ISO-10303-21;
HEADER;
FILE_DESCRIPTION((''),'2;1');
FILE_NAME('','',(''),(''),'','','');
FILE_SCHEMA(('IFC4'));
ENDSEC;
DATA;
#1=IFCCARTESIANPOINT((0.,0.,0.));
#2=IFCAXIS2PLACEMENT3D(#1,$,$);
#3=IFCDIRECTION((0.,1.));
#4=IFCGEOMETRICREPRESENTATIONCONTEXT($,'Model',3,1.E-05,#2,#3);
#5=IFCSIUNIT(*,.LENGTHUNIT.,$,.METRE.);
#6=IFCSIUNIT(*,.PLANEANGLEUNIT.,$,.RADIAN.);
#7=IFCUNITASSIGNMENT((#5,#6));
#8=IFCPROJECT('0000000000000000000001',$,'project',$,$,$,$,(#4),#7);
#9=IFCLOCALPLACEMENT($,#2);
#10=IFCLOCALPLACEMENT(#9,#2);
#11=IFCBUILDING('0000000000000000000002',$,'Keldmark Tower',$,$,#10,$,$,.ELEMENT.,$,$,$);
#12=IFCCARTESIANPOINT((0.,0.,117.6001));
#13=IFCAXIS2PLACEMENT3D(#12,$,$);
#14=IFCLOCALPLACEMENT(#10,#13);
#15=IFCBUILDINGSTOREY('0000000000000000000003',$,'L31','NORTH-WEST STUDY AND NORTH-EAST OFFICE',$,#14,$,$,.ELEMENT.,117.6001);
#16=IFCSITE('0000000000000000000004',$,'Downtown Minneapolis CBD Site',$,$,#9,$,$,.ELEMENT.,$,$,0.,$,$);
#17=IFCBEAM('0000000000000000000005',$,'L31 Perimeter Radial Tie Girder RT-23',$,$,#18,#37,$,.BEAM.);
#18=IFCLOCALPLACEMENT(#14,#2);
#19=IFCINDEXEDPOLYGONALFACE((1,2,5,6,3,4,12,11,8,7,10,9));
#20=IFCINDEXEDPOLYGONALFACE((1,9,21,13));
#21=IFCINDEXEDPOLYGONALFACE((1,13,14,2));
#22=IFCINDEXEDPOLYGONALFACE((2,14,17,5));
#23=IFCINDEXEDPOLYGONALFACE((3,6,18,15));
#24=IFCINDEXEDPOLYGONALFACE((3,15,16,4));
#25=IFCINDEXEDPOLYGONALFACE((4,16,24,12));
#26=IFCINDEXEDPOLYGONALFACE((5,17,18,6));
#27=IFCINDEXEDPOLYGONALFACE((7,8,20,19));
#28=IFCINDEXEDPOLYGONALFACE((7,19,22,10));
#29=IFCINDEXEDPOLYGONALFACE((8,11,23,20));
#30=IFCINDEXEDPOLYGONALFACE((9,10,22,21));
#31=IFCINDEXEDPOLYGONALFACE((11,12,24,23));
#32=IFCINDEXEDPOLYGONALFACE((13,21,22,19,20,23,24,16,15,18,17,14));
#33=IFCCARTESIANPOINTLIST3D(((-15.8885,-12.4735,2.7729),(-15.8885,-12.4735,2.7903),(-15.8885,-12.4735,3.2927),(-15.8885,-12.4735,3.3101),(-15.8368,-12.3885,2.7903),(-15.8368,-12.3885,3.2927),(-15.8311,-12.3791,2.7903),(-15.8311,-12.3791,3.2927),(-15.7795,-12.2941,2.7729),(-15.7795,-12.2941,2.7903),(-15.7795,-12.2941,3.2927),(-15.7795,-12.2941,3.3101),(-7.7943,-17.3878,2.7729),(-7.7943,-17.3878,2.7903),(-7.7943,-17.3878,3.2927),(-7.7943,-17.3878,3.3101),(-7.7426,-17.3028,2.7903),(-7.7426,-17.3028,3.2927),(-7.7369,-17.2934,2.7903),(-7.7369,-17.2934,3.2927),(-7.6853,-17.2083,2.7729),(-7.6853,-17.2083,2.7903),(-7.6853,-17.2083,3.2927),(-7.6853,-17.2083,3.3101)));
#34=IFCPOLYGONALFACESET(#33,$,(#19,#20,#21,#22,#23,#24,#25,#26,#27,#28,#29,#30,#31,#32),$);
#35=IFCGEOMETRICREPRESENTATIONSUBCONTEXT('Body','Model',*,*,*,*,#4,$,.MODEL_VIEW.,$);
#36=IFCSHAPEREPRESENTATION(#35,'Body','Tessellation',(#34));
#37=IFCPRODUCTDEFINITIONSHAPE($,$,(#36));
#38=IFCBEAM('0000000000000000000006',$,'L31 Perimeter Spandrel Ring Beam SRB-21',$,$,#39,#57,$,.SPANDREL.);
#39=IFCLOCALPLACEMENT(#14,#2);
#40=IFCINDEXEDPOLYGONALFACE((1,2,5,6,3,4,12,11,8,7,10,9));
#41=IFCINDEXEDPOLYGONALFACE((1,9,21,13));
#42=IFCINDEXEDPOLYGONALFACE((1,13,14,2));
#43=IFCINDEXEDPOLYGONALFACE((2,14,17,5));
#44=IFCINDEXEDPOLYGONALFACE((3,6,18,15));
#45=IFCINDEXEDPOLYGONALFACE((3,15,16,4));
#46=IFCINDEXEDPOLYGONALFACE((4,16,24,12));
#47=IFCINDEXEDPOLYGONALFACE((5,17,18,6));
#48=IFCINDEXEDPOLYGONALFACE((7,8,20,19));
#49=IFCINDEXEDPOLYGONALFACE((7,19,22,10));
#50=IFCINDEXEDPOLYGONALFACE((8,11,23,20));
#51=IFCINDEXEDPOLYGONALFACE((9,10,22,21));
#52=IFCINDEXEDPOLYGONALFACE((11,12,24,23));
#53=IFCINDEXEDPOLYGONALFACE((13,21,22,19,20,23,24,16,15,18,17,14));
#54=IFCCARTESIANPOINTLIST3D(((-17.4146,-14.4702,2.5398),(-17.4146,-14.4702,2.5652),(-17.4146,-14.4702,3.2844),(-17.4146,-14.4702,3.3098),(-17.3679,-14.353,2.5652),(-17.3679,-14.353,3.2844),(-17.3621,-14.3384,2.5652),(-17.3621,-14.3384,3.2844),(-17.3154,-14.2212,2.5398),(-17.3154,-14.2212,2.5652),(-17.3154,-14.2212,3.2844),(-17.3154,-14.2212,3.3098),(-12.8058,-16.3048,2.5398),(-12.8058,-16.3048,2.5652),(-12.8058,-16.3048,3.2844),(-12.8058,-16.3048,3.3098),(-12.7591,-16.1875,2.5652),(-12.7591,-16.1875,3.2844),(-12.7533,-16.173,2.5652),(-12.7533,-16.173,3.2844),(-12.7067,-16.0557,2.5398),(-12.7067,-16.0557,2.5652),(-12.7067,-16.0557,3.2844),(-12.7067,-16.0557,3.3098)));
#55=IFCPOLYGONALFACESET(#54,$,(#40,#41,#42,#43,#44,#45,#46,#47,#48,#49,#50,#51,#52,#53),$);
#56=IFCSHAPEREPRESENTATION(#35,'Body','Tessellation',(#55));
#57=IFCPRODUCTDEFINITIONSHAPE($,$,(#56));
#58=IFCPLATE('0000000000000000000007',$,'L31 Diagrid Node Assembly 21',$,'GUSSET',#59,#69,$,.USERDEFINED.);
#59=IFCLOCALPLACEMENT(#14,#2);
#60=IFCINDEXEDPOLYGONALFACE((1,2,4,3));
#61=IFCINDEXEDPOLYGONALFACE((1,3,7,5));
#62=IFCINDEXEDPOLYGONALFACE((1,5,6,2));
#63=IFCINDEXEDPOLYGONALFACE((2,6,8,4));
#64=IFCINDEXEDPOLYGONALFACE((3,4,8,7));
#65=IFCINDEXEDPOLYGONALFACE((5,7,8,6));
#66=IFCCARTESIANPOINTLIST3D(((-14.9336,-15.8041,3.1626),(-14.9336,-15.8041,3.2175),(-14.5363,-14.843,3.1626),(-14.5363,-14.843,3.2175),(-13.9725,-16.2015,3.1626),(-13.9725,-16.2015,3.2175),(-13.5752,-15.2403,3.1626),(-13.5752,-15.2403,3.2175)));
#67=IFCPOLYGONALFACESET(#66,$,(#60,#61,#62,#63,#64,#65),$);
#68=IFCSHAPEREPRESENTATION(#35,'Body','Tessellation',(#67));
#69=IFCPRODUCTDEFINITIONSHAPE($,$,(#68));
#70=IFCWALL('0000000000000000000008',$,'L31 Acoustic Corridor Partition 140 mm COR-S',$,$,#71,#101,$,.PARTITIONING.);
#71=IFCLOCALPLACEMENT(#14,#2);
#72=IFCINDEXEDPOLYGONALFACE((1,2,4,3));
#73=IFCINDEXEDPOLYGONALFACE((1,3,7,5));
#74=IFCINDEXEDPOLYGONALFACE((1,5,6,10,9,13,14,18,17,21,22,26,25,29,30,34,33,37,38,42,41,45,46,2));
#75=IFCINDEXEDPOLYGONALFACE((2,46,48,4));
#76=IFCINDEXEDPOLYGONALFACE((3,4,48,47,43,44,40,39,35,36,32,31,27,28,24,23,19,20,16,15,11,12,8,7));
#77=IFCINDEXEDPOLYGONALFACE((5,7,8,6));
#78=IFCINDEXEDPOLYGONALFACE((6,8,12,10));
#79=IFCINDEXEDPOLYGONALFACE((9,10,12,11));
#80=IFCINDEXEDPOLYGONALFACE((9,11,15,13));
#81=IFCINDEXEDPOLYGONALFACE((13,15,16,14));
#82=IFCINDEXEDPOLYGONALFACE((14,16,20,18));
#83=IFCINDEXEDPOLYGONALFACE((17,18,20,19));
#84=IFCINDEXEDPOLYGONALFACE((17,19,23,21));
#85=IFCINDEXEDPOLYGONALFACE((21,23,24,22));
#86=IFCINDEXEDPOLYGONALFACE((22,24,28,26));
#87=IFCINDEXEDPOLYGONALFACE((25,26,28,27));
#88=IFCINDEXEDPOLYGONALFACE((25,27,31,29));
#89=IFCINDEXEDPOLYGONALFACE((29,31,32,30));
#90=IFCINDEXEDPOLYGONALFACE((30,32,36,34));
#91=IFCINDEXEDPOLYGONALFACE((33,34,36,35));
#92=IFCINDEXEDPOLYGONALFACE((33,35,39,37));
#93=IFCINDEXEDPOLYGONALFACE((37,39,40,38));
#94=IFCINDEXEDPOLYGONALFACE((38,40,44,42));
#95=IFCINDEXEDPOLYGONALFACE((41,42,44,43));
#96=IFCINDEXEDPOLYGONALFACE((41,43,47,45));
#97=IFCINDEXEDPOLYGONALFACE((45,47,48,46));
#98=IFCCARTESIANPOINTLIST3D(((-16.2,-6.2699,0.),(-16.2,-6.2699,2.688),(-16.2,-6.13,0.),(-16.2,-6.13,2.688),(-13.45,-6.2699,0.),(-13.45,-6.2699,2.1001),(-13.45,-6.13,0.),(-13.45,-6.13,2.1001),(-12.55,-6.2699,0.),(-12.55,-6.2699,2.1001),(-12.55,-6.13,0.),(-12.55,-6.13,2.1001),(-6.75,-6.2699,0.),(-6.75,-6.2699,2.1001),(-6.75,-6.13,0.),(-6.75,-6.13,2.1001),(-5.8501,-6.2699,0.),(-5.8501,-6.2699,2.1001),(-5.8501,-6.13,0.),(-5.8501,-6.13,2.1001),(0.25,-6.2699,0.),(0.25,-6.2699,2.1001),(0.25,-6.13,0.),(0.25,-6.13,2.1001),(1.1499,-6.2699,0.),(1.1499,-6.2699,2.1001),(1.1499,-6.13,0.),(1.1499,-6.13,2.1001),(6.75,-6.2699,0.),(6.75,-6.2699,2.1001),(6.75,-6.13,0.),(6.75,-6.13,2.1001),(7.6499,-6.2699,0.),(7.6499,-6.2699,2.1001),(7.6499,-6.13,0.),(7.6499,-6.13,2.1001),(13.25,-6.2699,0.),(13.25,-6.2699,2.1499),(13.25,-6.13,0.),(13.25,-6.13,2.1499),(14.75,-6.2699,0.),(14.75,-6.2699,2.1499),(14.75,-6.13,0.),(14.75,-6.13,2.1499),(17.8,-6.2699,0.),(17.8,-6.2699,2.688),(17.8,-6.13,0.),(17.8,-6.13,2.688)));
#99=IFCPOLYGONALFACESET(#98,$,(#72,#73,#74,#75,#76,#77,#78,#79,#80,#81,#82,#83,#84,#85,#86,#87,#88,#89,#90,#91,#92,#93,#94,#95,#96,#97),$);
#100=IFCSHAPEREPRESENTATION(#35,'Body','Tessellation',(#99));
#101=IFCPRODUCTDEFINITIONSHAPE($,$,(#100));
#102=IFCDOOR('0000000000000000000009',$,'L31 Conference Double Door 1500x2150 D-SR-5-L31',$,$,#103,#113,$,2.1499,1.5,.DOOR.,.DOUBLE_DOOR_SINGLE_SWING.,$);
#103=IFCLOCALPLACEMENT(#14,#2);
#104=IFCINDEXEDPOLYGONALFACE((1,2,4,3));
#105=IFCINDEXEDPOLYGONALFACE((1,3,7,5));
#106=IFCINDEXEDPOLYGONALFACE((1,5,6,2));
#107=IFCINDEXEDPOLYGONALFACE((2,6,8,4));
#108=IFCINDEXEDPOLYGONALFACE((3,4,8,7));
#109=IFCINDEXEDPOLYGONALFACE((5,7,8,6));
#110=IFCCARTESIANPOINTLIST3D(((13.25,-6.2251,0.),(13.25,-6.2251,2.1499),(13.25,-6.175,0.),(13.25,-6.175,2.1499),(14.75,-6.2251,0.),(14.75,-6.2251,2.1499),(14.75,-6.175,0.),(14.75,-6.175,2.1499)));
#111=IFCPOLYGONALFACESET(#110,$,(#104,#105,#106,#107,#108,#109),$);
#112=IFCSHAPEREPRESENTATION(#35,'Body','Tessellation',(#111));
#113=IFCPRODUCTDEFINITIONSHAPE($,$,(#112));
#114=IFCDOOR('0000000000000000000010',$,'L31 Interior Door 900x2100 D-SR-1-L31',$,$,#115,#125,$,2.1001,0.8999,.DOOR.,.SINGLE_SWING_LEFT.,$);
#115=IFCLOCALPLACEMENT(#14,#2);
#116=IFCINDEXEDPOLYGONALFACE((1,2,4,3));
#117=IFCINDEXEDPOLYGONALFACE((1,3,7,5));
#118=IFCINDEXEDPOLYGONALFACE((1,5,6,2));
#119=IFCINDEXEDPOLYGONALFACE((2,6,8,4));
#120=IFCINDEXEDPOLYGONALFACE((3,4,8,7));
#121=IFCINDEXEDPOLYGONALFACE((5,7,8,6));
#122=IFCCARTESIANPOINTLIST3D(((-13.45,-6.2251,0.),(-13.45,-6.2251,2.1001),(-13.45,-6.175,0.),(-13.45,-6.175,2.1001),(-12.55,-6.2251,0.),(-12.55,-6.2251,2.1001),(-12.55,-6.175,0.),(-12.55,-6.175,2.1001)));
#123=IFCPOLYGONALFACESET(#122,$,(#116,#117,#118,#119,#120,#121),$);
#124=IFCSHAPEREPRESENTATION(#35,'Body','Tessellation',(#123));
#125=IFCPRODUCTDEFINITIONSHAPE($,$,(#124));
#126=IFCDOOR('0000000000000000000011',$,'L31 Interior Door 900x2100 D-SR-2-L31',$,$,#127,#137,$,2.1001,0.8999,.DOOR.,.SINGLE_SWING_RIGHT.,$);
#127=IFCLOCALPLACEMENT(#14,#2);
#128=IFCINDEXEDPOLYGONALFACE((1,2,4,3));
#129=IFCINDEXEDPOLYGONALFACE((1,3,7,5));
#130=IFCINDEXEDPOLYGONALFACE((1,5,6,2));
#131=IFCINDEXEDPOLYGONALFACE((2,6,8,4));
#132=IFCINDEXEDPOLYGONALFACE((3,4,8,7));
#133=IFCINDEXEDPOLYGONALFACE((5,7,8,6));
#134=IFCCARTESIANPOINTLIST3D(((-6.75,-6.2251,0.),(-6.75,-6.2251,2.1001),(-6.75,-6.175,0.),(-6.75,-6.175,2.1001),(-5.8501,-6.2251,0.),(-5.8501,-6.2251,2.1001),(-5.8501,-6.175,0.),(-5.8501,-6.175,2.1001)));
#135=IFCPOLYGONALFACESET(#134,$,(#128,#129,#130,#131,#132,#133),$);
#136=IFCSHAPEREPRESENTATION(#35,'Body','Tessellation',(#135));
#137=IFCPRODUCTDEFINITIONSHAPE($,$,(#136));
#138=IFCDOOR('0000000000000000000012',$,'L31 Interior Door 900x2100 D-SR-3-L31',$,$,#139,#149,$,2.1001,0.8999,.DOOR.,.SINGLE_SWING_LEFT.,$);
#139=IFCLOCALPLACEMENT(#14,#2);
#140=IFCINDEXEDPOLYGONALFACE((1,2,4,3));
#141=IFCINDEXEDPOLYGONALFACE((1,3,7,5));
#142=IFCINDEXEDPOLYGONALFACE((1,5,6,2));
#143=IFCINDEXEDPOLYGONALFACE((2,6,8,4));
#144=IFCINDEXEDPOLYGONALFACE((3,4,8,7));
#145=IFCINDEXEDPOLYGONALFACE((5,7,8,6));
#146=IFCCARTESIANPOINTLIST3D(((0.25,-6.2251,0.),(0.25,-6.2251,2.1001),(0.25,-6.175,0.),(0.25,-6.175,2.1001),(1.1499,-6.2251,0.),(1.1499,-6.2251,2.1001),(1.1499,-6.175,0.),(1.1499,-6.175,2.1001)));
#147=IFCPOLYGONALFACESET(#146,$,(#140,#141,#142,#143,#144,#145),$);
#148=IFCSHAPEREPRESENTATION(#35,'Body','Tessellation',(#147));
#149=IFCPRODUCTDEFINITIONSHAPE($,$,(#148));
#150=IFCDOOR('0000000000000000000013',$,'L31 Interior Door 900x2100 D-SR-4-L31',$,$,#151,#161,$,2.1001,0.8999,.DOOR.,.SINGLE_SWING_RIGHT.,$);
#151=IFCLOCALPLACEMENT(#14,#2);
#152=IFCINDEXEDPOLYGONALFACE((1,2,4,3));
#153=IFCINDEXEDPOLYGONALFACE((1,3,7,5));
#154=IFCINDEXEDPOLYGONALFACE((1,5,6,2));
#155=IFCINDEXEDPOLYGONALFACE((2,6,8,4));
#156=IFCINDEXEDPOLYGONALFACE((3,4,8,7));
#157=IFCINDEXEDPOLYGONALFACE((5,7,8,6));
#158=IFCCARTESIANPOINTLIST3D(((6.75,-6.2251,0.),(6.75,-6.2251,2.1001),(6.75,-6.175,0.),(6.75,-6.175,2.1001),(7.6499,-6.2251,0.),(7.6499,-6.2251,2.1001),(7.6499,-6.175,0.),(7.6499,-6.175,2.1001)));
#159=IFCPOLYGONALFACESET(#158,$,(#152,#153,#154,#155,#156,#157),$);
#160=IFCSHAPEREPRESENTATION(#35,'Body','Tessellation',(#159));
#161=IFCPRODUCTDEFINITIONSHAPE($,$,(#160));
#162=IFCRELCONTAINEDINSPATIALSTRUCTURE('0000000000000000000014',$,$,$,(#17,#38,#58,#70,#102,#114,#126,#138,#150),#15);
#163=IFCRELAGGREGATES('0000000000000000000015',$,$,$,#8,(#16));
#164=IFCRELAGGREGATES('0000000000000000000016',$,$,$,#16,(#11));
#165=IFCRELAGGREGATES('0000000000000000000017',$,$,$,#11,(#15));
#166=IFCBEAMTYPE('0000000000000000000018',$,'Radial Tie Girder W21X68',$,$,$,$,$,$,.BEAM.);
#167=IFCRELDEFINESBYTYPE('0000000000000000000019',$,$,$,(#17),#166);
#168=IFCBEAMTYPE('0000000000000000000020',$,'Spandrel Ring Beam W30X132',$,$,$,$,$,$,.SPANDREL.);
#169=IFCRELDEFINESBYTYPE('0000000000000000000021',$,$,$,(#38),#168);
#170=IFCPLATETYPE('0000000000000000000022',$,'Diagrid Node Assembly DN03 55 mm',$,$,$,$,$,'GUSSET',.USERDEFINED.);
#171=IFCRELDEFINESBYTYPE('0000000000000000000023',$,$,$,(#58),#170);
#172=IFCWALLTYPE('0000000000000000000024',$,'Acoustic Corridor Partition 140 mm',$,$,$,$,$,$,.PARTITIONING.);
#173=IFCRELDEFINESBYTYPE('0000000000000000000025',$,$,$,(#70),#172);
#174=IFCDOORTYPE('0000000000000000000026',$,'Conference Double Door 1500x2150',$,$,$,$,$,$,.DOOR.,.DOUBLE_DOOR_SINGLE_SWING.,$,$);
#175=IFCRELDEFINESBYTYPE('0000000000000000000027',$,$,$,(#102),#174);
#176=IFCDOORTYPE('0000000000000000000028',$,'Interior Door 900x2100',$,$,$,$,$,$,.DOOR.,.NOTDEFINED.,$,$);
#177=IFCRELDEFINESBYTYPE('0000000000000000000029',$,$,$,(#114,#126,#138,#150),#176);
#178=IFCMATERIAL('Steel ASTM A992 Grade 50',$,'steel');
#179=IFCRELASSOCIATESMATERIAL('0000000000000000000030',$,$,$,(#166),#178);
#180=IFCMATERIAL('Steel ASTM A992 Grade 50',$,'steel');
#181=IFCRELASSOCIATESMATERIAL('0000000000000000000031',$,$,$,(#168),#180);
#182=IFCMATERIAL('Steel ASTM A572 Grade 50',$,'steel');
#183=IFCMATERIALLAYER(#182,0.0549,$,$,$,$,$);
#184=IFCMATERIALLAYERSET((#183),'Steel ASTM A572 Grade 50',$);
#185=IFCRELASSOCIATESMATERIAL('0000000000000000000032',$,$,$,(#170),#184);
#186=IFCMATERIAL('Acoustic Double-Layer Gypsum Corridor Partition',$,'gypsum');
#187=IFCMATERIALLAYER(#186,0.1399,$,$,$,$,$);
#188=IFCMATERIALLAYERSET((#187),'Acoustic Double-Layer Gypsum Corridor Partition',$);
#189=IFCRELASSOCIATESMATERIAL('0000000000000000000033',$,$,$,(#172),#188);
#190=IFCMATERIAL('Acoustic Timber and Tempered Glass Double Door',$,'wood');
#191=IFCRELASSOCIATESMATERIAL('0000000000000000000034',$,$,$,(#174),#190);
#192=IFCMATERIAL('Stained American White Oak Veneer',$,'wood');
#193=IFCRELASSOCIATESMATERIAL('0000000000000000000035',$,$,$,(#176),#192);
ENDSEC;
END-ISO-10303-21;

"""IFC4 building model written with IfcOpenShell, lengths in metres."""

from ifc_helpers import new_model, si_unit, direction, frame, frame_2d, origin, origin_2d, place, context, subcontext, project, spatial, rectangle, i_section, extrude, material, layer, layer_set, material_profile, profile_set, type_object, element, fill, save


model = new_model("IFC4")

# Units and contexts
model_context = context("Model", 3, precision=1e-05, world=origin(), true_north=direction((0.0, 1.0)))
body_context = subcontext(model_context, "Body", "Model", "MODEL_VIEW")
ifc_project = project(units=[si_unit("LENGTHUNIT", "METRE"), si_unit("PLANEANGLEUNIT", "RADIAN")], contexts=[model_context])

# Site, building, storey
site_placement = place(None, origin())
site = spatial("IfcSite", under=ifc_project, at=site_placement, Name="Downtown Minneapolis CBD Site", CompositionType="ELEMENT", RefElevation=0.0)
building_placement = place(site_placement, origin())
building = spatial("IfcBuilding", under=site, at=building_placement, Name="Keldmark Tower", CompositionType="ELEMENT")
storey_placement = place(building_placement, frame((0.0, 0.0, 117.6001)))
storey = spatial("IfcBuildingStorey", under=building, at=storey_placement, Name="L31", Description="NORTH-WEST STUDY AND NORTH-EAST OFFICE", CompositionType="ELEMENT", Elevation=117.6001)

# Beams
ifc_material_1 = material(Name="Steel ASTM A992 Grade 50", Category="steel")
ifc_material_profile_1 = material_profile(ifc_material_1, i_section(OverallWidth=0.21, OverallDepth=0.5371, WebThickness=0.011, FlangeThickness=0.0173, at=origin_2d()), Name="W21X68")
ifc_profile_set_1 = profile_set([ifc_material_profile_1], Name="Steel ASTM A992 Grade 50")
beam_type_1 = type_object("IfcBeamType", Name="Radial Tie Girder W21X68", PredefinedType="BEAM", material=ifc_profile_set_1)
beam_1_placement = place(storey_placement, frame((-15.834, -12.3838, 3.0415), z_axis=(0.85479, -0.518974, 0.0), x_axis=(0.518974, 0.85479, 0.0)))
element("IfcBeam", 1, at=beam_1_placement, inside=storey, type_object=beam_type_1, Name="L31 Perimeter Radial Tie Girder RT-23", PredefinedType="BEAM", context=body_context, shape_type="SweptSolid", body=[
    extrude(i_section(OverallWidth=0.21, OverallDepth=0.5371, WebThickness=0.011, FlangeThickness=0.0173, at=origin_2d()), origin(), (0.0, 0.0, 1.0), 9.4692),
])
ifc_material_2 = material(Name="Steel ASTM A992 Grade 50", Category="steel")
ifc_material_profile_2 = material_profile(ifc_material_2, i_section(OverallWidth=0.2681, OverallDepth=0.77, WebThickness=0.0156, FlangeThickness=0.0254, at=origin_2d()), Name="W30X132")
ifc_profile_set_2 = profile_set([ifc_material_profile_2], Name="Steel ASTM A992 Grade 50")
beam_type_2 = type_object("IfcBeamType", Name="Spandrel Ring Beam W30X132", PredefinedType="SPANDREL", material=ifc_profile_set_2)
beam_2_placement = place(storey_placement, frame((-17.365, -14.3457, 2.9248), z_axis=(0.9291, -0.369829, 0.0), x_axis=(0.369829, 0.9291, 0.0)))
element("IfcBeam", 2, at=beam_2_placement, inside=storey, type_object=beam_type_2, Name="L31 Perimeter Spandrel Ring Beam SRB-21", PredefinedType="SPANDREL", context=body_context, shape_type="SweptSolid", body=[
    extrude(i_section(OverallWidth=0.2681, OverallDepth=0.77, WebThickness=0.0156, FlangeThickness=0.0254, at=origin_2d()), origin(), (0.0, 0.0, 1.0), 4.9604),
])

# Plate
ifc_material_3 = material(Name="Steel ASTM A572 Grade 50", Category="steel")
ifc_layer_1 = layer(ifc_material_3, 0.0549)
ifc_layer_set_1 = layer_set([ifc_layer_1], Name="Steel ASTM A572 Grade 50")
plate_type = type_object("IfcPlateType", Name="Diagrid Node Assembly DN03 55 mm", ElementType="GUSSET", PredefinedType="USERDEFINED", material=ifc_layer_set_1)
plate_placement = place(storey_placement, frame((-14.2544, -15.5222, 3.1626), z_axis=(0.0, 0.0, 1.0), x_axis=(0.924146, -0.382038, 0.0)))
element("IfcPlate", 3, at=plate_placement, inside=storey, type_object=plate_type, Name="L31 Diagrid Node Assembly 21", ObjectType="GUSSET", PredefinedType="USERDEFINED", context=body_context, shape_type="SweptSolid", body=[
    extrude(rectangle(XDim=1.04, YDim=1.04, at=origin_2d()), origin(), (0.0, 0.0, 1.0), 0.0549),
])

# Wall, openings, doors
ifc_material_4 = material(Name="Acoustic Double-Layer Gypsum Corridor Partition", Category="gypsum")
ifc_layer_2 = layer(ifc_material_4, 0.1399)
ifc_layer_set_2 = layer_set([ifc_layer_2], Name="Acoustic Double-Layer Gypsum Corridor Partition")
wall_type_1 = type_object("IfcWallType", Name="Acoustic Corridor Partition 140 mm", PredefinedType="PARTITIONING", material=ifc_layer_set_2)
wall_1_placement = place(storey_placement, frame((-16.2, -6.2, 0.0), z_axis=(0.0, 0.0, 1.0), x_axis=(1.0, 0.0, 0.0)))
wall_1 = element("IfcWall", 4, at=wall_1_placement, inside=storey, type_object=wall_type_1, Name="L31 Acoustic Corridor Partition 140 mm COR-S", PredefinedType="PARTITIONING", context=body_context, shape_type="SweptSolid", body=[
    extrude(rectangle(XDim=34.0, YDim=0.1399, at=frame_2d((17.0, 0.0))), origin(), (0.0, 0.0, 1.0), 2.688),
])
opening_1_placement = place(wall_1_placement, frame((2.75, 0.0, 0.0)))
opening_1 = element("IfcOpeningElement", 5, at=opening_1_placement, cuts=wall_1, PredefinedType="OPENING", context=body_context, shape_type="SweptSolid", body=[
    extrude(rectangle(XDim=0.8999, YDim=2.1001, at=frame_2d((0.45, 1.05))), frame((0.0, 0.0798, 0.0), z_axis=(0.0, -1.0, 0.0), x_axis=(1.0, 0.0, 0.0)), (0.0, 0.0, 1.0), 0.1599),
])
opening_2_placement = place(wall_1_placement, frame((9.45, 0.0, 0.0)))
opening_2 = element("IfcOpeningElement", 6, at=opening_2_placement, cuts=wall_1, PredefinedType="OPENING", context=body_context, shape_type="SweptSolid", body=[
    extrude(rectangle(XDim=0.8999, YDim=2.1001, at=frame_2d((0.45, 1.05))), frame((0.0, 0.0798, 0.0), z_axis=(0.0, -1.0, 0.0), x_axis=(1.0, 0.0, 0.0)), (0.0, 0.0, 1.0), 0.1599),
])
opening_3_placement = place(wall_1_placement, frame((16.45, 0.0, 0.0)))
opening_3 = element("IfcOpeningElement", 7, at=opening_3_placement, cuts=wall_1, PredefinedType="OPENING", context=body_context, shape_type="SweptSolid", body=[
    extrude(rectangle(XDim=0.8999, YDim=2.1001, at=frame_2d((0.45, 1.05))), frame((0.0, 0.0798, 0.0), z_axis=(0.0, -1.0, 0.0), x_axis=(1.0, 0.0, 0.0)), (0.0, 0.0, 1.0), 0.1599),
])
opening_4_placement = place(wall_1_placement, frame((22.95, 0.0, 0.0)))
opening_4 = element("IfcOpeningElement", 8, at=opening_4_placement, cuts=wall_1, PredefinedType="OPENING", context=body_context, shape_type="SweptSolid", body=[
    extrude(rectangle(XDim=0.8999, YDim=2.1001, at=frame_2d((0.45, 1.05))), frame((0.0, 0.0798, 0.0), z_axis=(0.0, -1.0, 0.0), x_axis=(1.0, 0.0, 0.0)), (0.0, 0.0, 1.0), 0.1599),
])
opening_5_placement = place(wall_1_placement, frame((29.45, 0.0, 0.0)))
opening_5 = element("IfcOpeningElement", 9, at=opening_5_placement, cuts=wall_1, PredefinedType="OPENING", context=body_context, shape_type="SweptSolid", body=[
    extrude(rectangle(XDim=1.5, YDim=2.1499, at=frame_2d((0.75, 1.075))), frame((0.0, 0.0798, 0.0), z_axis=(0.0, -1.0, 0.0), x_axis=(1.0, 0.0, 0.0)), (0.0, 0.0, 1.0), 0.1599),
])
ifc_material_5 = material(Name="Acoustic Timber and Tempered Glass Double Door", Category="wood")
door_type_1 = type_object("IfcDoorType", Name="Conference Double Door 1500x2150", OperationType="DOUBLE_DOOR_SINGLE_SWING", PredefinedType="DOOR", material=ifc_material_5)
door_1_placement = place(opening_5_placement, origin())
door_1 = element("IfcDoor", 10, at=door_1_placement, inside=storey, type_object=door_type_1, Name="L31 Conference Double Door 1500x2150 D-SR-5-L31", OperationType="DOUBLE_DOOR_SINGLE_SWING", OverallHeight=2.1499, OverallWidth=1.5, PredefinedType="DOOR", context=body_context, shape_type="SweptSolid", body=[
    extrude(rectangle(XDim=1.5, YDim=2.1499, at=frame_2d((0.75, 1.075))), frame((0.0, 0.0249, 0.0), z_axis=(0.0, -1.0, 0.0), x_axis=(1.0, 0.0, 0.0)), (0.0, 0.0, 1.0), 0.05),
])
fill(opening_5, door_1)
ifc_material_6 = material(Name="Stained American White Oak Veneer", Category="wood")
door_type_2 = type_object("IfcDoorType", Name="Interior Door 900x2100", OperationType="NOTDEFINED", PredefinedType="DOOR", material=ifc_material_6)
door_2_placement = place(opening_1_placement, origin())
door_2 = element("IfcDoor", 11, at=door_2_placement, inside=storey, type_object=door_type_2, Name="L31 Interior Door 900x2100 D-SR-1-L31", OperationType="SINGLE_SWING_LEFT", OverallHeight=2.1001, OverallWidth=0.8999, PredefinedType="DOOR", context=body_context, shape_type="SweptSolid", body=[
    extrude(rectangle(XDim=0.8999, YDim=2.1001, at=frame_2d((0.45, 1.05))), frame((0.0, 0.0249, 0.0), z_axis=(0.0, -1.0, 0.0), x_axis=(1.0, 0.0, 0.0)), (0.0, 0.0, 1.0), 0.05),
])
fill(opening_1, door_2)
door_3_placement = place(opening_2_placement, origin())
door_3 = element("IfcDoor", 12, at=door_3_placement, inside=storey, type_object=door_type_2, Name="L31 Interior Door 900x2100 D-SR-2-L31", OperationType="SINGLE_SWING_RIGHT", OverallHeight=2.1001, OverallWidth=0.8999, PredefinedType="DOOR", context=body_context, shape_type="SweptSolid", body=[
    extrude(rectangle(XDim=0.8999, YDim=2.1001, at=frame_2d((0.45, 1.05))), frame((0.0, 0.0249, 0.0), z_axis=(0.0, -1.0, 0.0), x_axis=(1.0, 0.0, 0.0)), (0.0, 0.0, 1.0), 0.05),
])
fill(opening_2, door_3)
door_4_placement = place(opening_3_placement, origin())
door_4 = element("IfcDoor", 13, at=door_4_placement, inside=storey, type_object=door_type_2, Name="L31 Interior Door 900x2100 D-SR-3-L31", OperationType="SINGLE_SWING_LEFT", OverallHeight=2.1001, OverallWidth=0.8999, PredefinedType="DOOR", context=body_context, shape_type="SweptSolid", body=[
    extrude(rectangle(XDim=0.8999, YDim=2.1001, at=frame_2d((0.45, 1.05))), frame((0.0, 0.0249, 0.0), z_axis=(0.0, -1.0, 0.0), x_axis=(1.0, 0.0, 0.0)), (0.0, 0.0, 1.0), 0.05),
])
fill(opening_3, door_4)
door_5_placement = place(opening_4_placement, origin())
door_5 = element("IfcDoor", 14, at=door_5_placement, inside=storey, type_object=door_type_2, Name="L31 Interior Door 900x2100 D-SR-4-L31", OperationType="SINGLE_SWING_RIGHT", OverallHeight=2.1001, OverallWidth=0.8999, PredefinedType="DOOR", context=body_context, shape_type="SweptSolid", body=[
    extrude(rectangle(XDim=0.8999, YDim=2.1001, at=frame_2d((0.45, 1.05))), frame((0.0, 0.0249, 0.0), z_axis=(0.0, -1.0, 0.0), x_axis=(1.0, 0.0, 0.0)), (0.0, 0.0, 1.0), 0.05),
])
fill(opening_4, door_5)

save(model, "model.ifc")
